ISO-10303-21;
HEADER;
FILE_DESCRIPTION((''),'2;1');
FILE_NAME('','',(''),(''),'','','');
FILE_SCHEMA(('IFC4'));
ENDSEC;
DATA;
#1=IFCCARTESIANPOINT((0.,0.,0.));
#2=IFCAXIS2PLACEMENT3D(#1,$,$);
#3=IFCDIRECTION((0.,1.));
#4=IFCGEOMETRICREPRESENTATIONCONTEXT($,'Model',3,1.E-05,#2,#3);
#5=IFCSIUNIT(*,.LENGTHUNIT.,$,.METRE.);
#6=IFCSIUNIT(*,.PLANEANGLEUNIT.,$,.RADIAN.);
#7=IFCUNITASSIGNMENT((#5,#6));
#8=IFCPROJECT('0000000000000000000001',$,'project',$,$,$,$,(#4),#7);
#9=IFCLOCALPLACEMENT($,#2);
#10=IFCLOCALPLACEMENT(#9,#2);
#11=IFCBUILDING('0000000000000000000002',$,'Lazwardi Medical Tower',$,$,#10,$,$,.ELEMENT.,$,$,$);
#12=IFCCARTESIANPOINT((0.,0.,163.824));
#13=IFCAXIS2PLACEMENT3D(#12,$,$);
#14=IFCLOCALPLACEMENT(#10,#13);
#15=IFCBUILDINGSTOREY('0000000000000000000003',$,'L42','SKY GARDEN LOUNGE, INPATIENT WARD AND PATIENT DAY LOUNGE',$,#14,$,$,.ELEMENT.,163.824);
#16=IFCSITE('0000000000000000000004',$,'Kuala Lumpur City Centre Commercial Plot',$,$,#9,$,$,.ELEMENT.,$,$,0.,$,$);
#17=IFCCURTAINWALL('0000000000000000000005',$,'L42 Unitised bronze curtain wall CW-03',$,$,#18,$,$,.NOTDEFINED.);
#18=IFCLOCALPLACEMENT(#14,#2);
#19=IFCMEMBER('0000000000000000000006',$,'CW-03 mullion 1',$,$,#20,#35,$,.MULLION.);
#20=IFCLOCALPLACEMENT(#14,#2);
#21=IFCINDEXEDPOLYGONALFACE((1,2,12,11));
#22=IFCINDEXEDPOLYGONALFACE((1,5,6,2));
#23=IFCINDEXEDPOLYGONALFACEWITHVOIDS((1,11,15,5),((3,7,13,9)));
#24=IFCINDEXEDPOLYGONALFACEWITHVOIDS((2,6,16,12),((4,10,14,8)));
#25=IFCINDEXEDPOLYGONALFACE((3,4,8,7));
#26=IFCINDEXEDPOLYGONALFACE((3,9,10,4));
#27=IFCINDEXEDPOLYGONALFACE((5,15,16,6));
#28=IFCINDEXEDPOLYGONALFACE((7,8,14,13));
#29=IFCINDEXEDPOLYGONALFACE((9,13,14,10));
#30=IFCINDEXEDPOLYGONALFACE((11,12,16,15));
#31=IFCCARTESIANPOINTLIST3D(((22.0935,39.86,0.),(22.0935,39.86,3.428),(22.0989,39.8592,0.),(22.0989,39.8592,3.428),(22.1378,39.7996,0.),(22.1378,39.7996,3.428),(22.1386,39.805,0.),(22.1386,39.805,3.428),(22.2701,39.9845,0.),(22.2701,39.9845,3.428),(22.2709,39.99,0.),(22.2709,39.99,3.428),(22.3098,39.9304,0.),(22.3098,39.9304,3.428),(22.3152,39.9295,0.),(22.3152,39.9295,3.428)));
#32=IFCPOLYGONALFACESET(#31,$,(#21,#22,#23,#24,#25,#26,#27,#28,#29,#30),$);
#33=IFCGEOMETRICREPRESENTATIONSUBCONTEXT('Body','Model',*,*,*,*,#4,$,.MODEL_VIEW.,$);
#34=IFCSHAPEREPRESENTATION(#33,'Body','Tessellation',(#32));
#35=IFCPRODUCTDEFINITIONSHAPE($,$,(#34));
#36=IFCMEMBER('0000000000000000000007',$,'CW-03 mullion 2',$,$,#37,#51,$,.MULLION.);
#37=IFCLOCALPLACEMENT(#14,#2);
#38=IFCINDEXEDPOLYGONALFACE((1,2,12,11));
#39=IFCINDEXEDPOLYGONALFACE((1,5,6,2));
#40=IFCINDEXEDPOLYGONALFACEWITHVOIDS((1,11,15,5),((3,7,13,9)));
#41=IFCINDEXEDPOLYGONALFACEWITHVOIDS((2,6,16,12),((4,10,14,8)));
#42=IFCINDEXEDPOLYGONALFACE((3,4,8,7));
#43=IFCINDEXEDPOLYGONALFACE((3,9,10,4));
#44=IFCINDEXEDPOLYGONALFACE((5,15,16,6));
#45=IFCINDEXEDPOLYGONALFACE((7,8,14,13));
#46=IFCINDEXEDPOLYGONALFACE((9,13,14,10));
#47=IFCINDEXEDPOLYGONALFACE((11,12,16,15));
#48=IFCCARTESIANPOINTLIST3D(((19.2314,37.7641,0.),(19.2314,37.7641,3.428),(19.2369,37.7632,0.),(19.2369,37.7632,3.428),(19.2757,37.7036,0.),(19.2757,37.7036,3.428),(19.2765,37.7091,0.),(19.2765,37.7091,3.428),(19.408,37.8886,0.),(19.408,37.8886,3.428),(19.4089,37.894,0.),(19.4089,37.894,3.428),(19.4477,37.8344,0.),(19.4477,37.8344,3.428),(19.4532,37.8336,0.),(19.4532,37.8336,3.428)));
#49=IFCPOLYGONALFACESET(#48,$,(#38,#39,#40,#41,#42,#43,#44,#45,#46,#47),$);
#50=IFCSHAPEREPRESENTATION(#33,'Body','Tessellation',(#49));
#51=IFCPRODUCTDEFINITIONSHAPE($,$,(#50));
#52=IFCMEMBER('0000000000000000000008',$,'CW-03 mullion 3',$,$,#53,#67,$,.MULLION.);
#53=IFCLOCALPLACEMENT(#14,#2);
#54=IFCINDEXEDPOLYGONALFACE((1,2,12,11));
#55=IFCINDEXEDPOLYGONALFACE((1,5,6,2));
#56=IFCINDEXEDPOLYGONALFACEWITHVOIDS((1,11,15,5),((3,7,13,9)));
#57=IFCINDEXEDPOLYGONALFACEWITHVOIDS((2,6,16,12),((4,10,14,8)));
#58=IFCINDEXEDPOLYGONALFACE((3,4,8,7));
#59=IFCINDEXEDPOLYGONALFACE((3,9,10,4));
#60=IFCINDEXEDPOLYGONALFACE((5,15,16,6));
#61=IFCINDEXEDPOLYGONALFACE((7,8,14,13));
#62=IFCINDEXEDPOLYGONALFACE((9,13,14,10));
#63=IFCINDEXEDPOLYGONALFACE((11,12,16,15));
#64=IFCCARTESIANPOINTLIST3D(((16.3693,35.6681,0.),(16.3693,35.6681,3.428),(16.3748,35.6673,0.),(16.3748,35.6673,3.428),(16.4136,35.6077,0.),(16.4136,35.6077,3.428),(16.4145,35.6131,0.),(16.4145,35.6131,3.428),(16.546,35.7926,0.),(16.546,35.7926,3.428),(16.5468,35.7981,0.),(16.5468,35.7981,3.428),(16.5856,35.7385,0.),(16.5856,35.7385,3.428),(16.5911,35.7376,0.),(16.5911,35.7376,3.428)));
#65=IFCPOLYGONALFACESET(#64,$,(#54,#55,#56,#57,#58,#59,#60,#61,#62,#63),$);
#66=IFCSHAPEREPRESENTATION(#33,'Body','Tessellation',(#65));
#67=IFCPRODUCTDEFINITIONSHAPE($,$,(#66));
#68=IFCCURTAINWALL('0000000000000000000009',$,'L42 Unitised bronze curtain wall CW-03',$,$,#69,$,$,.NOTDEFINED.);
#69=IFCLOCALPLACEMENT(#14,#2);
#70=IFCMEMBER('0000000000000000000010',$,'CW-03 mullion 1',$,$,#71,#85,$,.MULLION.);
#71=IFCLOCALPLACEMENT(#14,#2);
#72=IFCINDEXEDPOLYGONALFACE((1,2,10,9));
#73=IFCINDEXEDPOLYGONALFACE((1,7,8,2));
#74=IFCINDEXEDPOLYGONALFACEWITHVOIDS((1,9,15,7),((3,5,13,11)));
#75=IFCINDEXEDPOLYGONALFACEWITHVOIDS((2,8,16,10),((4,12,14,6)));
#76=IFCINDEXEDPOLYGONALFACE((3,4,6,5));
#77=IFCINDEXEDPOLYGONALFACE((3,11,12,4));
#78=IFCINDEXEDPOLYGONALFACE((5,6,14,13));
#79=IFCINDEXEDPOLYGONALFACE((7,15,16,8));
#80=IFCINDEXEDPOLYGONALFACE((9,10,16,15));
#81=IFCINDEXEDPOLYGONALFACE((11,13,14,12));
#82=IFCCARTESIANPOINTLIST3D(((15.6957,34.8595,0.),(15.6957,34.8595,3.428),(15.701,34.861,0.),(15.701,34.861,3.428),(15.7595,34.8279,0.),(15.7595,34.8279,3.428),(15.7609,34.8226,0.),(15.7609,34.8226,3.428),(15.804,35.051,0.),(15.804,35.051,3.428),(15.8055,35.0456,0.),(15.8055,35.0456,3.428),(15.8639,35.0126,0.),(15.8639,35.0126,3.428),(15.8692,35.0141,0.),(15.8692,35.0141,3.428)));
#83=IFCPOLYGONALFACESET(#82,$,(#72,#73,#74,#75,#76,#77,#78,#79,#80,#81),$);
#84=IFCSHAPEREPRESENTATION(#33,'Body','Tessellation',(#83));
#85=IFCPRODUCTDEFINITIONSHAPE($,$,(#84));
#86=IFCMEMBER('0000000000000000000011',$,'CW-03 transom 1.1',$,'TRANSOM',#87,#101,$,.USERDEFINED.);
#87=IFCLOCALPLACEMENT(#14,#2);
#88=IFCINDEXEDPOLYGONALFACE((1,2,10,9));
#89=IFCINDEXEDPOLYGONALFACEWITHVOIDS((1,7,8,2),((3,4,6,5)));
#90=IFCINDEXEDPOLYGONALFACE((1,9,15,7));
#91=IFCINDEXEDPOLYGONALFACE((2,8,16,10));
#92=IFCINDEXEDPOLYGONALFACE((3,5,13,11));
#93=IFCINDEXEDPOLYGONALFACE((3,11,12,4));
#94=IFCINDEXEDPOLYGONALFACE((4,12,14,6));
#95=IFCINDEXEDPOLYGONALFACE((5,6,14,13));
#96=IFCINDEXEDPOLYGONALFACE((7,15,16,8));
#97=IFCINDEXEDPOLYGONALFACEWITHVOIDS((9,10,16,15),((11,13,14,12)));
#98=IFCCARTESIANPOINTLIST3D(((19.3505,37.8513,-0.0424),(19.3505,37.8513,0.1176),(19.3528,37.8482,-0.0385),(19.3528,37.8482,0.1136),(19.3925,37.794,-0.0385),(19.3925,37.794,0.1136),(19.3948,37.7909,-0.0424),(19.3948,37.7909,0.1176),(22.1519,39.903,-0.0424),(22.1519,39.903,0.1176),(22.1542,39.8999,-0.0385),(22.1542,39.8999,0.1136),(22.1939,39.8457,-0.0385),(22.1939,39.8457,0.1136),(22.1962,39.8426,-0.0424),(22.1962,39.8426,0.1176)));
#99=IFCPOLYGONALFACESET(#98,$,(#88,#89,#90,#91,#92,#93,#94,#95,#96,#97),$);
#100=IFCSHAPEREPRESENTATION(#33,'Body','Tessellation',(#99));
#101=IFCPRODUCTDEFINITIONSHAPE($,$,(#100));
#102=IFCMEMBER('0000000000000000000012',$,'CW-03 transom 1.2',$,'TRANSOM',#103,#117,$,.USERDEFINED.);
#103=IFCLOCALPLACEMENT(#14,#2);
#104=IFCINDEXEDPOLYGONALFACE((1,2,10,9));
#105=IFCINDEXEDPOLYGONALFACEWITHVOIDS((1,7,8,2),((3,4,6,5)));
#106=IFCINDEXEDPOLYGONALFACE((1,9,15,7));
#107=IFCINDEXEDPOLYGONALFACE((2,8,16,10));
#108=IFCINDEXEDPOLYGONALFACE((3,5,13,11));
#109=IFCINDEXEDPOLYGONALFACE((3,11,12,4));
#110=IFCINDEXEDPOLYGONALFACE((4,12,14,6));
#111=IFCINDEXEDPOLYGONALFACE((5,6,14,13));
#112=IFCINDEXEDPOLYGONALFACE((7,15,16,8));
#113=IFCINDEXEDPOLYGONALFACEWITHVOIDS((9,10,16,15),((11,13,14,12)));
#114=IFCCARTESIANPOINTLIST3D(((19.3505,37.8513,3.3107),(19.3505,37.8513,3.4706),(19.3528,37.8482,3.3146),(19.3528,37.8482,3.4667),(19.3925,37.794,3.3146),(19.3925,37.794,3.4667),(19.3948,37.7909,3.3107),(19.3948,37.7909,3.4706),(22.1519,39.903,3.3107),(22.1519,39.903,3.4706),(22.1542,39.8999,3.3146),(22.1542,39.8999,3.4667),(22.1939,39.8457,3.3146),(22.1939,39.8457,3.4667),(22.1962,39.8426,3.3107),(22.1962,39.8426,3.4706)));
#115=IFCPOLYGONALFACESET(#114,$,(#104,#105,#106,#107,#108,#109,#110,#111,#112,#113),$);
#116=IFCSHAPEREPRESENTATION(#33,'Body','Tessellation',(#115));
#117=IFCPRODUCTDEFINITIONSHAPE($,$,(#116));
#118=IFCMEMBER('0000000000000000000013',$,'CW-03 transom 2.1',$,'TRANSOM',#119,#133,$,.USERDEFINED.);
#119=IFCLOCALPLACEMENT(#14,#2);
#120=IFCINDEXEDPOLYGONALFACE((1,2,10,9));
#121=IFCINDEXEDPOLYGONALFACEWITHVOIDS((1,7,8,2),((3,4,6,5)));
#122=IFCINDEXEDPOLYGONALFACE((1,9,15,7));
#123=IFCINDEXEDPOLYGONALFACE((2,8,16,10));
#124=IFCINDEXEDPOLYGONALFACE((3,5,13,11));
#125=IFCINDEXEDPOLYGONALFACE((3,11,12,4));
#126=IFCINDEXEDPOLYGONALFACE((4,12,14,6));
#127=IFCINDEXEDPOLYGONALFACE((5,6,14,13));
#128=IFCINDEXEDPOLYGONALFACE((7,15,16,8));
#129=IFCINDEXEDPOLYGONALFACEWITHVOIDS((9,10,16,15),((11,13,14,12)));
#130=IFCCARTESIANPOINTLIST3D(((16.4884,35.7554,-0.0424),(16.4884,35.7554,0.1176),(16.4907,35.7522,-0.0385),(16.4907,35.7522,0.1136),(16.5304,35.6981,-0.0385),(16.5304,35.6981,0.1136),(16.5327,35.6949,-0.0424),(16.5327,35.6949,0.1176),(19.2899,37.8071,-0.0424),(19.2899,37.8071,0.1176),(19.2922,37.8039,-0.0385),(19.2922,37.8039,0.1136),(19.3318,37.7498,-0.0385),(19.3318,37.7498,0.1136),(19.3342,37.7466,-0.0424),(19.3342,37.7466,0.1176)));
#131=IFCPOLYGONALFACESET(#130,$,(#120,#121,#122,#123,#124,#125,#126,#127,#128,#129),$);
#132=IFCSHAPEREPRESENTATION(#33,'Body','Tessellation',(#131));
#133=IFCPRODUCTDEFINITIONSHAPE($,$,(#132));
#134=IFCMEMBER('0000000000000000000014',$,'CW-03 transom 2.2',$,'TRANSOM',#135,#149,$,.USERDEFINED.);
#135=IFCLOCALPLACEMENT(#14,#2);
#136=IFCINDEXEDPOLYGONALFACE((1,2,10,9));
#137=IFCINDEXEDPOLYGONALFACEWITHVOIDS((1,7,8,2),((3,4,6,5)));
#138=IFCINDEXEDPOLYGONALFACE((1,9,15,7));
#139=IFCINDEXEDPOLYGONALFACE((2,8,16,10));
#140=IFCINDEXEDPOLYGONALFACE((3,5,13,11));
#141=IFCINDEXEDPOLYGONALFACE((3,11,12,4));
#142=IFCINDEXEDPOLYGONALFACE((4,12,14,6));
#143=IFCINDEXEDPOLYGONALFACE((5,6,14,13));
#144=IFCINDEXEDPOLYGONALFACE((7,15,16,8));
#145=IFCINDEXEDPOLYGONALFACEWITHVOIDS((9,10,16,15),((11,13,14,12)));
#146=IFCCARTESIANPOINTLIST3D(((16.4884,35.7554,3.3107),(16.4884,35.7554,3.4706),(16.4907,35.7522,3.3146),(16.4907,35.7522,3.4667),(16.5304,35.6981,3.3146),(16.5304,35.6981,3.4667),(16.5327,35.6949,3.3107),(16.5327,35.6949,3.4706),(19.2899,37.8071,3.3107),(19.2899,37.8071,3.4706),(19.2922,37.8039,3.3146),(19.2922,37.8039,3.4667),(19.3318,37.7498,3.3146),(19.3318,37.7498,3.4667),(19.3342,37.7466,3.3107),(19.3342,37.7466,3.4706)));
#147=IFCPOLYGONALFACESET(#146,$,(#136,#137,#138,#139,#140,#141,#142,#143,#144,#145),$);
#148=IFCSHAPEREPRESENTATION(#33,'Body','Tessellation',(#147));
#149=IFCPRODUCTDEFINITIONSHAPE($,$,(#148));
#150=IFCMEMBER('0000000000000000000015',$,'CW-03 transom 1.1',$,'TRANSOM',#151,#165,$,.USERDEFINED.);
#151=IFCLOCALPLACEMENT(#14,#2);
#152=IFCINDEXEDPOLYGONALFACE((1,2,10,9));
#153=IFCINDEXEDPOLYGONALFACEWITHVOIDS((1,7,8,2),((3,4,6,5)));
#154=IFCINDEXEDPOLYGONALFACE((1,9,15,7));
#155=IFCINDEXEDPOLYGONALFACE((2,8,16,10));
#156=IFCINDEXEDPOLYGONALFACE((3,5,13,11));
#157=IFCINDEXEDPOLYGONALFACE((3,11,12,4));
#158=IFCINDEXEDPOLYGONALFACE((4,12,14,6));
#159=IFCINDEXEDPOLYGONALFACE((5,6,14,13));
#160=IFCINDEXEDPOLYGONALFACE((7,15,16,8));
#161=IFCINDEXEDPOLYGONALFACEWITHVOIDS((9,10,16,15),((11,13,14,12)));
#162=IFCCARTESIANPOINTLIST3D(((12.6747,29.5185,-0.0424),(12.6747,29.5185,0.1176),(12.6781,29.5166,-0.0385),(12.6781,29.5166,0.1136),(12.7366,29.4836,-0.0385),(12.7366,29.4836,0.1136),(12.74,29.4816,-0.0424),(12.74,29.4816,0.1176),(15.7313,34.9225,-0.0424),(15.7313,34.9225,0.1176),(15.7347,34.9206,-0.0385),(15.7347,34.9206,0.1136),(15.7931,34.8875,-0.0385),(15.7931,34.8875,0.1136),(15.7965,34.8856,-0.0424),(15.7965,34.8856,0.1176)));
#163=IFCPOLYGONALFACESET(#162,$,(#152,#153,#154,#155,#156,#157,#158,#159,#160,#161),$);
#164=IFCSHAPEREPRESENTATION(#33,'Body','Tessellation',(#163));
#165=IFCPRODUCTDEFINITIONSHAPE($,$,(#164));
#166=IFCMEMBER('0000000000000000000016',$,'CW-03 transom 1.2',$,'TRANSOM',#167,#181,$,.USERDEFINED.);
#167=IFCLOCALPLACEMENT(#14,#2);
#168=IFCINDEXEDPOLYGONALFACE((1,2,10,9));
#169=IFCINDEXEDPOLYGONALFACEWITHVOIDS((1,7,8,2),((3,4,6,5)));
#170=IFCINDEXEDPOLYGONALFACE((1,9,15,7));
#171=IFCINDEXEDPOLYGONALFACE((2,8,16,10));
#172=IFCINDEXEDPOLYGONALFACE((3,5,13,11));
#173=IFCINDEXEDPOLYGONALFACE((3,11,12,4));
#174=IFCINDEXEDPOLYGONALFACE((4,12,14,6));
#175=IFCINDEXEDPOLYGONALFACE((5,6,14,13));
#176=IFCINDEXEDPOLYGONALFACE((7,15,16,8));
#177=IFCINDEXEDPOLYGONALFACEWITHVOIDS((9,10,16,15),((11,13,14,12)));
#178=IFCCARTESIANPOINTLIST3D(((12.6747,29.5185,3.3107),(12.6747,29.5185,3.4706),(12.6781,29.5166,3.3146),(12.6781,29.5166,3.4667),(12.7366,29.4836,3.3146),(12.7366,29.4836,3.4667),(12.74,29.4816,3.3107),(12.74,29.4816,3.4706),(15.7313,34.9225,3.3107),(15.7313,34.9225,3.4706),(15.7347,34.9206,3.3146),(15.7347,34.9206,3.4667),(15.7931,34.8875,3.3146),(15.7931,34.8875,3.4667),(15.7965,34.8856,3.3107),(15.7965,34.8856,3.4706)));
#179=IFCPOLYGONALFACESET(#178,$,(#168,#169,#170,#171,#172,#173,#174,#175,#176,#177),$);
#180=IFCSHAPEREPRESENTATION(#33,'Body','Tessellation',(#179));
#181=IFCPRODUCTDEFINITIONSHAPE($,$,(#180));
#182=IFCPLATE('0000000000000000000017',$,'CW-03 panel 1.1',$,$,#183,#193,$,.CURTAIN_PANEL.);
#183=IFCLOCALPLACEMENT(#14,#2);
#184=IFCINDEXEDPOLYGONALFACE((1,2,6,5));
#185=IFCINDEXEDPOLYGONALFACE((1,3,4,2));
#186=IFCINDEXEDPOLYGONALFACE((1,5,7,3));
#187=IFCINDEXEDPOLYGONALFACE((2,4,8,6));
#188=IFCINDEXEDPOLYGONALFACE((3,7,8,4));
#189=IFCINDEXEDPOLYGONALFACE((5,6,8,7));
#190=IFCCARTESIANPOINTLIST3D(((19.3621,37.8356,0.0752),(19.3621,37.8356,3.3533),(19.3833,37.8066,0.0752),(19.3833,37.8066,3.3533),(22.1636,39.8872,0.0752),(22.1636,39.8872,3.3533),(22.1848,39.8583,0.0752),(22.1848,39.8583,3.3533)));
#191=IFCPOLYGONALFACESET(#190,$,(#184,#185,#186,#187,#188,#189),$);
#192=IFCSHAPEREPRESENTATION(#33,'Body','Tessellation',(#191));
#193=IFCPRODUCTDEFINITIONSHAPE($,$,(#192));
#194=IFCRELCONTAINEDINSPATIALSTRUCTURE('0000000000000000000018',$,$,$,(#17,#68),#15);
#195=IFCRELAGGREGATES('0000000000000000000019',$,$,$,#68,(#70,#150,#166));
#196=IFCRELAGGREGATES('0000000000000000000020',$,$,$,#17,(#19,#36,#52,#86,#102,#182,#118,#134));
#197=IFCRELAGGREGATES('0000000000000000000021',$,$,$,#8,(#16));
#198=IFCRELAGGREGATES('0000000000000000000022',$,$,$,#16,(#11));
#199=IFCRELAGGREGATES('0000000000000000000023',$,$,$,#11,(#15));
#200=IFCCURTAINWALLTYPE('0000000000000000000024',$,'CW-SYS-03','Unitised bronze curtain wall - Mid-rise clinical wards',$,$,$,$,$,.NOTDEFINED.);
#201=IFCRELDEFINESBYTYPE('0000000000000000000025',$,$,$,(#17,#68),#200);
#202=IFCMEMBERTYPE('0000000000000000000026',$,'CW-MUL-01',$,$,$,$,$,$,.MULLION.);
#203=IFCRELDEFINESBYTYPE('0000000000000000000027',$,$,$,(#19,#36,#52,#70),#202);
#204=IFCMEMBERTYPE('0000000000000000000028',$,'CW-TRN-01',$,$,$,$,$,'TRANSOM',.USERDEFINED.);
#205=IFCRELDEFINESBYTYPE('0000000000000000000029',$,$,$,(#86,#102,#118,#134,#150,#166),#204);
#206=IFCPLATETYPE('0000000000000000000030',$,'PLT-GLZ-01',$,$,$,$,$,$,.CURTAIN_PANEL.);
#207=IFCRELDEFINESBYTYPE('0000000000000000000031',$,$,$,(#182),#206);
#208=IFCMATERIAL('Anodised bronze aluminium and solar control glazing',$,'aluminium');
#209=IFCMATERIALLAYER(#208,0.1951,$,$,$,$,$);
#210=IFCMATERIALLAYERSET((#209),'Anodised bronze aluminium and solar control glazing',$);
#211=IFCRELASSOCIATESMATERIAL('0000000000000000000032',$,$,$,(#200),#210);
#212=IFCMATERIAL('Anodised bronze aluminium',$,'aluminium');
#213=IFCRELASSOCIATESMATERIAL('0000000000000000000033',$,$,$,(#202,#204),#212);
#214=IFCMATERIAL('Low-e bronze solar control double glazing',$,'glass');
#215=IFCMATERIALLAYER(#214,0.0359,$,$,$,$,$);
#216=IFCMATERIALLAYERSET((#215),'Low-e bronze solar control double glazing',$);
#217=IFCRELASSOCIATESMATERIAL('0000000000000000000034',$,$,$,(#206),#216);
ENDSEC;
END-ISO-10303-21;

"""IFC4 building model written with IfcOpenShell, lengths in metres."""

from ifc_helpers import new_model, si_unit, direction, frame, origin, origin_2d, place, context, subcontext, project, spatial, rectangle, hollow_rectangle, extrude, material, layer, layer_set, material_profile, profile_set, type_object, element, aggregate, save


model = new_model("IFC4")

# Units and contexts
model_context = context("Model", 3, precision=1e-05, world=origin(), true_north=direction((0.0, 1.0)))
body_context = subcontext(model_context, "Body", "Model", "MODEL_VIEW")
ifc_project = project(units=[si_unit("LENGTHUNIT", "METRE"), si_unit("PLANEANGLEUNIT", "RADIAN")], contexts=[model_context])

# Site, building, storey
site_placement = place(None, origin())
site = spatial("IfcSite", under=ifc_project, at=site_placement, Name="Kuala Lumpur City Centre Commercial Plot", CompositionType="ELEMENT", RefElevation=0.0)
building_placement = place(site_placement, origin())
building = spatial("IfcBuilding", under=site, at=building_placement, Name="Lazwardi Medical Tower", CompositionType="ELEMENT")
storey_placement = place(building_placement, frame((0.0, 0.0, 163.824)))
storey = spatial("IfcBuildingStorey", under=building, at=storey_placement, Name="L42", Description="SKY GARDEN LOUNGE, INPATIENT WARD AND PATIENT DAY LOUNGE", CompositionType="ELEMENT", Elevation=163.824)

# Shared definitions
ifc_material_1 = material(Name="Anodised bronze aluminium and solar control glazing", Category="aluminium")
ifc_layer_1 = layer(ifc_material_1, 0.1951)
ifc_layer_set_1 = layer_set([ifc_layer_1], Name="Anodised bronze aluminium and solar control glazing")
curtain_wall_type = type_object("IfcCurtainWallType", Name="CW-SYS-03", Description="Unitised bronze curtain wall - Mid-rise clinical wards", PredefinedType="NOTDEFINED", material=ifc_layer_set_1)
ifc_material_2 = material(Name="Anodised bronze aluminium", Category="aluminium")
ifc_material_profile_1 = material_profile(ifc_material_2, hollow_rectangle(XDim=0.075, YDim=0.22, WallThickness=0.0039, at=origin_2d()), Name="ALU-MULLION 220x75x4")
ifc_profile_set_1 = profile_set([ifc_material_profile_1], Name="Anodised bronze aluminium")
member_type_1 = type_object("IfcMemberType", Name="CW-MUL-01", PredefinedType="MULLION", material=ifc_profile_set_1)

# Curtain wall, members
curtain_wall_1_placement = place(storey_placement, origin())
curtain_wall_1 = element("IfcCurtainWall", 1, at=curtain_wall_1_placement, inside=storey, type_object=curtain_wall_type, Name="L42 Unitised bronze curtain wall CW-03", PredefinedType="NOTDEFINED")
member_1_placement = place(storey_placement, frame((22.2043, 39.8948, 0.0), z_axis=(0.0, 0.0, 1.0), x_axis=(0.590834, -0.806793, 0.0)))
member_1 = element("IfcMember", 2, at=member_1_placement, type_object=member_type_1, Name="CW-03 mullion 1", PredefinedType="MULLION", context=body_context, shape_type="SweptSolid", body=[
    extrude(hollow_rectangle(XDim=0.075, YDim=0.22, WallThickness=0.0039, at=origin_2d()), origin(), (0.0, 0.0, 1.0), 3.428),
])
member_2_placement = place(storey_placement, frame((19.3423, 37.7988, 0.0), z_axis=(0.0, 0.0, 1.0), x_axis=(0.590834, -0.806793, 0.0)))
member_2 = element("IfcMember", 3, at=member_2_placement, type_object=member_type_1, Name="CW-03 mullion 2", PredefinedType="MULLION", context=body_context, shape_type="SweptSolid", body=[
    extrude(hollow_rectangle(XDim=0.075, YDim=0.22, WallThickness=0.0039, at=origin_2d()), origin(), (0.0, 0.0, 1.0), 3.428),
])
member_3_placement = place(storey_placement, frame((16.4802, 35.7029, 0.0), z_axis=(0.0, 0.0, 1.0), x_axis=(0.590834, -0.806793, 0.0)))
member_3 = element("IfcMember", 4, at=member_3_placement, type_object=member_type_1, Name="CW-03 mullion 3", PredefinedType="MULLION", context=body_context, shape_type="SweptSolid", body=[
    extrude(hollow_rectangle(XDim=0.075, YDim=0.22, WallThickness=0.0039, at=origin_2d()), origin(), (0.0, 0.0, 1.0), 3.428),
])

# Curtain wall, member
curtain_wall_2_placement = place(storey_placement, origin())
curtain_wall_2 = element("IfcCurtainWall", 5, at=curtain_wall_2_placement, inside=storey, type_object=curtain_wall_type, Name="L42 Unitised bronze curtain wall CW-03", PredefinedType="NOTDEFINED")
member_4_placement = place(storey_placement, frame((15.7825, 34.9368, 0.0), z_axis=(0.0, 0.0, 1.0), x_axis=(0.870419, -0.492312, 0.0)))
member_4 = element("IfcMember", 6, at=member_4_placement, type_object=member_type_1, Name="CW-03 mullion 1", PredefinedType="MULLION", context=body_context, shape_type="SweptSolid", body=[
    extrude(hollow_rectangle(XDim=0.075, YDim=0.22, WallThickness=0.0039, at=origin_2d()), origin(), (0.0, 0.0, 1.0), 3.428),
])

# Members
ifc_material_profile_2 = material_profile(ifc_material_2, hollow_rectangle(XDim=0.075, YDim=0.1599, WallThickness=0.0039, at=origin_2d()), Name="ALU-TRANSOM 160x75x4")
ifc_profile_set_2 = profile_set([ifc_material_profile_2], Name="Anodised bronze aluminium")
member_type_2 = type_object("IfcMemberType", Name="CW-TRN-01", ElementType="TRANSOM", PredefinedType="USERDEFINED", material=ifc_profile_set_2)
member_5_placement = place(storey_placement, frame((22.1741, 39.8728, 0.0376), z_axis=(-0.806774, -0.590861, 0.0), x_axis=(0.590861, -0.806774, 0.0)))
member_5 = element("IfcMember", 7, at=member_5_placement, type_object=member_type_2, Name="CW-03 transom 1.1", ObjectType="TRANSOM", PredefinedType="USERDEFINED", context=body_context, shape_type="SweptSolid", body=[
    extrude(hollow_rectangle(XDim=0.075, YDim=0.1599, WallThickness=0.0039, at=origin_2d()), origin(), (0.0, 0.0, 1.0), 3.4724),
])
member_6_placement = place(storey_placement, frame((22.1741, 39.8728, 3.3906), z_axis=(-0.806774, -0.590861, 0.0), x_axis=(0.590861, -0.806774, 0.0)))
member_6 = element("IfcMember", 8, at=member_6_placement, type_object=member_type_2, Name="CW-03 transom 1.2", ObjectType="TRANSOM", PredefinedType="USERDEFINED", context=body_context, shape_type="SweptSolid", body=[
    extrude(hollow_rectangle(XDim=0.075, YDim=0.1599, WallThickness=0.0039, at=origin_2d()), origin(), (0.0, 0.0, 1.0), 3.4724),
])
member_7_placement = place(storey_placement, frame((19.312, 37.7769, 0.0376), z_axis=(-0.806774, -0.590861, 0.0), x_axis=(0.590861, -0.806774, 0.0)))
member_7 = element("IfcMember", 9, at=member_7_placement, type_object=member_type_2, Name="CW-03 transom 2.1", ObjectType="TRANSOM", PredefinedType="USERDEFINED", context=body_context, shape_type="SweptSolid", body=[
    extrude(hollow_rectangle(XDim=0.075, YDim=0.1599, WallThickness=0.0039, at=origin_2d()), origin(), (0.0, 0.0, 1.0), 3.4724),
])
member_8_placement = place(storey_placement, frame((19.312, 37.7769, 3.3906), z_axis=(-0.806774, -0.590861, 0.0), x_axis=(0.590861, -0.806774, 0.0)))
member_8 = element("IfcMember", 10, at=member_8_placement, type_object=member_type_2, Name="CW-03 transom 2.2", ObjectType="TRANSOM", PredefinedType="USERDEFINED", context=body_context, shape_type="SweptSolid", body=[
    extrude(hollow_rectangle(XDim=0.075, YDim=0.1599, WallThickness=0.0039, at=origin_2d()), origin(), (0.0, 0.0, 1.0), 3.4724),
])
member_9_placement = place(storey_placement, frame((15.7639, 34.9041, 0.0376), z_axis=(-0.492323, -0.870413, 0.0), x_axis=(0.870413, -0.492323, 0.0)))
member_9 = element("IfcMember", 11, at=member_9_placement, type_object=member_type_2, Name="CW-03 transom 1.1", ObjectType="TRANSOM", PredefinedType="USERDEFINED", context=body_context, shape_type="SweptSolid", body=[
    extrude(hollow_rectangle(XDim=0.075, YDim=0.1599, WallThickness=0.0039, at=origin_2d()), origin(), (0.0, 0.0, 1.0), 6.2085),
])
member_10_placement = place(storey_placement, frame((15.7639, 34.9041, 3.3906), z_axis=(-0.492323, -0.870413, 0.0), x_axis=(0.870413, -0.492323, 0.0)))
member_10 = element("IfcMember", 12, at=member_10_placement, type_object=member_type_2, Name="CW-03 transom 1.2", ObjectType="TRANSOM", PredefinedType="USERDEFINED", context=body_context, shape_type="SweptSolid", body=[
    extrude(hollow_rectangle(XDim=0.075, YDim=0.1599, WallThickness=0.0039, at=origin_2d()), origin(), (0.0, 0.0, 1.0), 6.2085),
])
aggregate(curtain_wall_2, [member_4, member_9, member_10])

# Plate
ifc_material_3 = material(Name="Low-e bronze solar control double glazing", Category="glass")
ifc_layer_2 = layer(ifc_material_3, 0.0359)
ifc_layer_set_2 = layer_set([ifc_layer_2], Name="Low-e bronze solar control double glazing")
plate_type = type_object("IfcPlateType", Name="PLT-GLZ-01", PredefinedType="CURTAIN_PANEL", material=ifc_layer_set_2)
plate_1_placement = place(storey_placement, frame((20.7734, 38.8469, 0.0752), z_axis=(0.0, 0.0, 1.0), x_axis=(-0.806793, -0.590834, 0.0)))
plate_1 = element("IfcPlate", 13, at=plate_1_placement, type_object=plate_type, Name="CW-03 panel 1.1", PredefinedType="CURTAIN_PANEL", context=body_context, shape_type="SweptSolid", body=[
    extrude(rectangle(XDim=3.4724, YDim=0.0359, at=origin_2d()), origin(), (0.0, 0.0, 1.0), 3.2781),
])
aggregate(curtain_wall_1, [member_1, member_2, member_3, member_5, member_6, plate_1, member_7, member_8])

save(model, "model.ifc")
